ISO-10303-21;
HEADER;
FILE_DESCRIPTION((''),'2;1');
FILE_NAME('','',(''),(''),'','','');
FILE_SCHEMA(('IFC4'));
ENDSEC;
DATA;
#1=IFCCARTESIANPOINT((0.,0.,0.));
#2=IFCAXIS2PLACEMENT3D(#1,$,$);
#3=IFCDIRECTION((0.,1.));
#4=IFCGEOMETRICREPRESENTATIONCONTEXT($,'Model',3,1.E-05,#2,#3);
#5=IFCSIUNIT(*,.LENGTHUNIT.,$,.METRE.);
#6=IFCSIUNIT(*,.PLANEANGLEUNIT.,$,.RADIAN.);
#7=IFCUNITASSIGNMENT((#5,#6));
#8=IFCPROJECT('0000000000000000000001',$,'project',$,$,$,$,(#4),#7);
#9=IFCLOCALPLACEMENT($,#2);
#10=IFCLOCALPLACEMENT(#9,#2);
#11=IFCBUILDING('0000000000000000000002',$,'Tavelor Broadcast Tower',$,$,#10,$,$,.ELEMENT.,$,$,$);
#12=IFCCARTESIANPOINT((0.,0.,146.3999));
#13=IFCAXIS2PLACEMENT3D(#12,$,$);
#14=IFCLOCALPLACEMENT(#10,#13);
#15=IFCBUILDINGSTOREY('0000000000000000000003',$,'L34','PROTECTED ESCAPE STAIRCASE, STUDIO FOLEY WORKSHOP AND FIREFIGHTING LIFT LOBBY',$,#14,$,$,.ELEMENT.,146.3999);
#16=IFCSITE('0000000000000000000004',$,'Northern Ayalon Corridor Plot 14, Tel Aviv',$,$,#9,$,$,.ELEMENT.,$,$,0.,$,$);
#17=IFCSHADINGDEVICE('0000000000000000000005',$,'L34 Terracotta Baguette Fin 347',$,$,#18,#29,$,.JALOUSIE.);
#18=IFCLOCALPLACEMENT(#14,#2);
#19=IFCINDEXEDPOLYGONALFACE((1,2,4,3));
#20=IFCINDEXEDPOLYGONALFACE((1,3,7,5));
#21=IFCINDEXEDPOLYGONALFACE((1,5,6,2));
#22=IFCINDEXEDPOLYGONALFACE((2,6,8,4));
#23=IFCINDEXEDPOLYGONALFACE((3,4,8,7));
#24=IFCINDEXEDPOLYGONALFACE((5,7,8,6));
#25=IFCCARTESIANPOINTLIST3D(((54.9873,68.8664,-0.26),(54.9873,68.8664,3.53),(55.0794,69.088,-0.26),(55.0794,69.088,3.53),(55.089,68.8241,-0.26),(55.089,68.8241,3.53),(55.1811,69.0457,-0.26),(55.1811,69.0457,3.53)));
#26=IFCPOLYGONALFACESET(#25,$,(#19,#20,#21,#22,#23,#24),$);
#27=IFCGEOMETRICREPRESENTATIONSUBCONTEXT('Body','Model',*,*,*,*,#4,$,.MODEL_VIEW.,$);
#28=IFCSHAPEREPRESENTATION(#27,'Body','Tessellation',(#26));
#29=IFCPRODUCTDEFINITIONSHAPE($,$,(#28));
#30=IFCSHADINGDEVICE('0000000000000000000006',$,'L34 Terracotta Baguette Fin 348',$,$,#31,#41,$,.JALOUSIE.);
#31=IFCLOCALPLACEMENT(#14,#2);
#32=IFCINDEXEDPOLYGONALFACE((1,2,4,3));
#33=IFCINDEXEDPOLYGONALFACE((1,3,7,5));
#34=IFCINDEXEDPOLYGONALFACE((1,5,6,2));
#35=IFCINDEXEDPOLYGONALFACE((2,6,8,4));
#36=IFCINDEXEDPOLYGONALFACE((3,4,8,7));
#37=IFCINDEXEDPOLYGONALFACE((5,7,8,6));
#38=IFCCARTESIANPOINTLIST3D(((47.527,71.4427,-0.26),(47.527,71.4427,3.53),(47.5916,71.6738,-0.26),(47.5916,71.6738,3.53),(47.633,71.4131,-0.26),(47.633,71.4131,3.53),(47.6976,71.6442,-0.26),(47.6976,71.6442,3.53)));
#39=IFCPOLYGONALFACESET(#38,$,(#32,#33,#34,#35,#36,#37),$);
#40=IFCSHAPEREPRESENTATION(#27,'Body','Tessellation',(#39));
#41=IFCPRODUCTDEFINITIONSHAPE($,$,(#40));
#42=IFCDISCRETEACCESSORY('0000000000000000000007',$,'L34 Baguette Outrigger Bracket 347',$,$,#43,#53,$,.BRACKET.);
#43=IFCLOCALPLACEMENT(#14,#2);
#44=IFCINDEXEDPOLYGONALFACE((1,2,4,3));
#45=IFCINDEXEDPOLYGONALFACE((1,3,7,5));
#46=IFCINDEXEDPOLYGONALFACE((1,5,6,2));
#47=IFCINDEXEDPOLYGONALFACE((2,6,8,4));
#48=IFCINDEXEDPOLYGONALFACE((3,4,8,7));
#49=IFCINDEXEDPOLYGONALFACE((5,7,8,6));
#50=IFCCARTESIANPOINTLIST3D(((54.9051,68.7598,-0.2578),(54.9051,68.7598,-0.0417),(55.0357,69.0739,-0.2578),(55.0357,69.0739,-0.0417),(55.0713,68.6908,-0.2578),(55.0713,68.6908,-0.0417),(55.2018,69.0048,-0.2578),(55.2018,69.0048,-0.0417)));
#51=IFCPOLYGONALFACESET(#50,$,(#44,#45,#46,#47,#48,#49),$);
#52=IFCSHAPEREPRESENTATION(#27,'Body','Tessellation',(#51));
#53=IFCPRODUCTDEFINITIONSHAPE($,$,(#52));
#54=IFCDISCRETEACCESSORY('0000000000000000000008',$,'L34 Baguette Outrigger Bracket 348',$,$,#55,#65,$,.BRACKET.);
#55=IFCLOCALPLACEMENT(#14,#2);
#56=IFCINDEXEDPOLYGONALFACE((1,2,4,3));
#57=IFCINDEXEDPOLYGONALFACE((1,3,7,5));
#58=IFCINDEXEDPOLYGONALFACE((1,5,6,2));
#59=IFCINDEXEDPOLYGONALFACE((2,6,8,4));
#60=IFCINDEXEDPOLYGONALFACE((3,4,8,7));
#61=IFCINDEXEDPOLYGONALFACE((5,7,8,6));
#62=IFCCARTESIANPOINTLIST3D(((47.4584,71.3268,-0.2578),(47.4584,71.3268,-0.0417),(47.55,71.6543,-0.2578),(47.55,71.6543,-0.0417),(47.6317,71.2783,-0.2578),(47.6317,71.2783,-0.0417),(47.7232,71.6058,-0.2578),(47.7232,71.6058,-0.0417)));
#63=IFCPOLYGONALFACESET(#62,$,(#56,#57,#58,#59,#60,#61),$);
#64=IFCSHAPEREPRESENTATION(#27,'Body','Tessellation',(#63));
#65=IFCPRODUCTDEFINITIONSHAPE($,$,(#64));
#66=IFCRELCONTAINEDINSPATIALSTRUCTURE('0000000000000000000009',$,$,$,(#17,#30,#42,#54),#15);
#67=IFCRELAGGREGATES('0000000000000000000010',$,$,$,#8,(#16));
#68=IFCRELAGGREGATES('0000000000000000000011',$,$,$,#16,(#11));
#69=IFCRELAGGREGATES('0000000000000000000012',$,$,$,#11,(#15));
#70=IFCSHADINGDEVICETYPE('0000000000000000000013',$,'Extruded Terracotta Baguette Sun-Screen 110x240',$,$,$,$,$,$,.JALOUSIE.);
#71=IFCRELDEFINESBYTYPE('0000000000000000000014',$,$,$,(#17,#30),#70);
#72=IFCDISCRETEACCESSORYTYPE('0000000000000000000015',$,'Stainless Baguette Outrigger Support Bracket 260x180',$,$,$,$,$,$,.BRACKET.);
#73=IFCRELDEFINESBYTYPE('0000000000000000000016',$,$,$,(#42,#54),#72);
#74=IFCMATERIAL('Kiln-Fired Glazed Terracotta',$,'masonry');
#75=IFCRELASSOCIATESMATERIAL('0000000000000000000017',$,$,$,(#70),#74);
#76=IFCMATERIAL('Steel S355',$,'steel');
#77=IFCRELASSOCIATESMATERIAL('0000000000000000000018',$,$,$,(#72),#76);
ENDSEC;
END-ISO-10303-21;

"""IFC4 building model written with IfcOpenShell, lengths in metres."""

from ifc_helpers import new_model, si_unit, direction, frame, origin, origin_2d, place, context, subcontext, project, spatial, rectangle, extrude, source, transform, mapped, material, type_object, type_shapes, element, save


model = new_model("IFC4")

# Units and contexts
model_context = context("Model", 3, precision=1e-05, world=origin(), true_north=direction((0.0, 1.0)))
body_context = subcontext(model_context, "Body", "Model", "MODEL_VIEW")
ifc_project = project(units=[si_unit("LENGTHUNIT", "METRE"), si_unit("PLANEANGLEUNIT", "RADIAN")], contexts=[model_context])

# Site, building, storey
site_placement = place(None, origin())
site = spatial("IfcSite", under=ifc_project, at=site_placement, Name="Northern Ayalon Corridor Plot 14, Tel Aviv", CompositionType="ELEMENT", RefElevation=0.0)
building_placement = place(site_placement, origin())
building = spatial("IfcBuilding", under=site, at=building_placement, Name="Tavelor Broadcast Tower", CompositionType="ELEMENT")
storey_placement = place(building_placement, frame((0.0, 0.0, 146.3999)))
storey = spatial("IfcBuildingStorey", under=building, at=storey_placement, Name="L34", Description="PROTECTED ESCAPE STAIRCASE, STUDIO FOLEY WORKSHOP AND FIREFIGHTING LIFT LOBBY", CompositionType="ELEMENT", Elevation=146.3999)

# Shared definitions
ifc_material_1 = material(Name="Steel S355", Category="steel")

# Shading devices
ifc_material_2 = material(Name="Kiln-Fired Glazed Terracotta", Category="masonry")
shading_device_type = type_object("IfcShadingDeviceType", Name="Extruded Terracotta Baguette Sun-Screen 110x240", PredefinedType="JALOUSIE", material=ifc_material_2)
shared_shape_1 = source(origin(), body_context, "Body", "SweptSolid", [
    extrude(rectangle(XDim=0.1101, YDim=0.24, at=origin_2d()), origin(), (0.0, 0.0, 1.0), 3.79),
])
type_shapes(shading_device_type, [shared_shape_1])
for number, where, z_axis, x_axis, name in (
    (1, (55.0842, 68.9561, -0.26), (0.0, 0.0, 1.0), (-0.923411, 0.383812, 0.0), "L34 Terracotta Baguette Fin 347"),
    (2, (47.6123, 71.5435, -0.26), (0.0, 0.0, 1.0), (-0.963069, 0.269256, 0.0), "L34 Terracotta Baguette Fin 348"),
):
    element("IfcShadingDevice", number, at=place(storey_placement, frame(where, z_axis=z_axis, x_axis=x_axis)), inside=storey, type_object=shading_device_type, Name=name, PredefinedType="JALOUSIE", context=body_context, shape_type="MappedRepresentation", body=[
        mapped(shared_shape_1, transform((0.0, 0.0, 0.0), scale=1.0)),
    ])

# Discrete accessories
discrete_accessory_type = type_object("IfcDiscreteAccessoryType", Name="Stainless Baguette Outrigger Support Bracket 260x180", PredefinedType="BRACKET", material=ifc_material_1)
shared_shape_2 = source(origin(), body_context, "Body", "SweptSolid", [
    extrude(rectangle(XDim=0.1799, YDim=0.3401, at=origin_2d()), origin(), (0.0, 0.0, 1.0), 0.2161),
])
type_shapes(discrete_accessory_type, [shared_shape_2])
for number, where, z_axis, x_axis, name in (
    (3, (55.0535, 68.8823, -0.2578), (0.0, 0.0, 1.0), (-0.923411, 0.383812, 0.0), "L34 Baguette Outrigger Bracket 347"),
    (4, (47.5908, 71.4663, -0.2578), (0.0, 0.0, 1.0), (-0.963069, 0.269256, 0.0), "L34 Baguette Outrigger Bracket 348"),
):
    element("IfcDiscreteAccessory", number, at=place(storey_placement, frame(where, z_axis=z_axis, x_axis=x_axis)), inside=storey, type_object=discrete_accessory_type, Name=name, PredefinedType="BRACKET", context=body_context, shape_type="MappedRepresentation", body=[
        mapped(shared_shape_2, transform((0.0, 0.0, 0.0), scale=1.0)),
    ])

save(model, "model.ifc")
